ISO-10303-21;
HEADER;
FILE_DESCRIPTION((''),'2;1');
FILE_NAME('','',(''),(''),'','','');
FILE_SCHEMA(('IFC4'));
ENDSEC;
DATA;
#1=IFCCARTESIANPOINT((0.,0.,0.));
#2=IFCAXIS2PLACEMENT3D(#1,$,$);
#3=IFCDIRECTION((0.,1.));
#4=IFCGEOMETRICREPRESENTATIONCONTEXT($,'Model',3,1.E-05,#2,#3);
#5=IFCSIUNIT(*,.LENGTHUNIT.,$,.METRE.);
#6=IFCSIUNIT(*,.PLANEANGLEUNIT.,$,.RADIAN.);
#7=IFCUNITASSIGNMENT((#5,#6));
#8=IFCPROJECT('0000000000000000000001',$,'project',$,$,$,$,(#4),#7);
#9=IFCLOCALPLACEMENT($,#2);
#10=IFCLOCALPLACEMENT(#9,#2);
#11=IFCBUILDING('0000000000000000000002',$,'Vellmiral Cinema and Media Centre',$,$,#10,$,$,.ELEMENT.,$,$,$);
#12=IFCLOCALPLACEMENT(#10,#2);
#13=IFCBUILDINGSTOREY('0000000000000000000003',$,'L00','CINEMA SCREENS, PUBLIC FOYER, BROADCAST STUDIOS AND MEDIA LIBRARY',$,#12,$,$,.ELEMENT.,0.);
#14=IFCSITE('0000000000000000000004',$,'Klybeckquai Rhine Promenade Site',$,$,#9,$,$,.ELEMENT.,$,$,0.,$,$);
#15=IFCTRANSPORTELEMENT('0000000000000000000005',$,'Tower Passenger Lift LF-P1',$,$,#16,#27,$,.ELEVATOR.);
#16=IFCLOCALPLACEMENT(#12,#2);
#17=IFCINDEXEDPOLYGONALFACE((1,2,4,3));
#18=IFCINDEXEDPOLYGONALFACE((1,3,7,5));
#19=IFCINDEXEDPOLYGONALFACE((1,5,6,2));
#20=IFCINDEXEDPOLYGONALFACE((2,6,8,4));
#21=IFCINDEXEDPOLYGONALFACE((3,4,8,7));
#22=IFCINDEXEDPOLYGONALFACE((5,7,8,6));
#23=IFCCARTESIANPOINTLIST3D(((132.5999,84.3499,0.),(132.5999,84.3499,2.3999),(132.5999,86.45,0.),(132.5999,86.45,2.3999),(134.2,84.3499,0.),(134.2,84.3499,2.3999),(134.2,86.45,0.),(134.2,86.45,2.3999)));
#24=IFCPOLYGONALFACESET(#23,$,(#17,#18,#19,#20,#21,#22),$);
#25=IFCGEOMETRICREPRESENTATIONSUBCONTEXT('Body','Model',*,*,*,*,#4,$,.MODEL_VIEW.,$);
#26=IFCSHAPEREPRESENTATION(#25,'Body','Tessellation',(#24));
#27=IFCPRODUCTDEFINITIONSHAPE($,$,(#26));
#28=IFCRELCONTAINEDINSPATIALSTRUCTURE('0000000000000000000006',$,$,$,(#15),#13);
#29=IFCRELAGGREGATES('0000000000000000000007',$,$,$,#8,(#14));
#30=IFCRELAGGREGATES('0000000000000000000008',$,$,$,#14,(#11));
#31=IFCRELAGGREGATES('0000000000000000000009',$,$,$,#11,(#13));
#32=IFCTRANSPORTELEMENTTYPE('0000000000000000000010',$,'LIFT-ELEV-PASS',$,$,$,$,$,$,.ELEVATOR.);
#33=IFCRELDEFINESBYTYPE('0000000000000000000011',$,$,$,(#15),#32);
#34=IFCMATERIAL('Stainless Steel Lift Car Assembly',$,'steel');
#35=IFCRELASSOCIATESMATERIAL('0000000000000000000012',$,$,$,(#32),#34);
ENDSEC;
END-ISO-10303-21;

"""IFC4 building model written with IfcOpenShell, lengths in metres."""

from ifc_helpers import new_model, si_unit, direction, frame, origin, origin_2d, place, context, subcontext, project, spatial, rectangle, extrude, material, type_object, element, save


model = new_model("IFC4")

# Units and contexts
model_context = context("Model", 3, precision=1e-05, world=origin(), true_north=direction((0.0, 1.0)))
body_context = subcontext(model_context, "Body", "Model", "MODEL_VIEW")
ifc_project = project(units=[si_unit("LENGTHUNIT", "METRE"), si_unit("PLANEANGLEUNIT", "RADIAN")], contexts=[model_context])

# Site, building, storey
site_placement = place(None, origin())
site = spatial("IfcSite", under=ifc_project, at=site_placement, Name="Klybeckquai Rhine Promenade Site", CompositionType="ELEMENT", RefElevation=0.0)
building_placement = place(site_placement, origin())
building = spatial("IfcBuilding", under=site, at=building_placement, Name="Vellmiral Cinema and Media Centre", CompositionType="ELEMENT")
storey_placement = place(building_placement, origin())
storey = spatial("IfcBuildingStorey", under=building, at=storey_placement, Name="L00", Description="CINEMA SCREENS, PUBLIC FOYER, BROADCAST STUDIOS AND MEDIA LIBRARY", CompositionType="ELEMENT", Elevation=0.0)

# Transport element
ifc_material_1 = material(Name="Stainless Steel Lift Car Assembly", Category="steel")
transport_element_type = type_object("IfcTransportElementType", Name="LIFT-ELEV-PASS", PredefinedType="ELEVATOR", material=ifc_material_1)
transport_element_placement = place(storey_placement, frame((133.3999, 85.3999, 0.0), z_axis=(0.0, 0.0, 1.0), x_axis=(1.0, 0.0, 0.0)))
element("IfcTransportElement", 1, at=transport_element_placement, inside=storey, type_object=transport_element_type, Name="Tower Passenger Lift LF-P1", PredefinedType="ELEVATOR", context=body_context, shape_type="SweptSolid", body=[
    extrude(rectangle(XDim=1.6001, YDim=2.1001, at=origin_2d()), origin(), (0.0, 0.0, 1.0), 2.3999),
])

save(model, "model.ifc")
